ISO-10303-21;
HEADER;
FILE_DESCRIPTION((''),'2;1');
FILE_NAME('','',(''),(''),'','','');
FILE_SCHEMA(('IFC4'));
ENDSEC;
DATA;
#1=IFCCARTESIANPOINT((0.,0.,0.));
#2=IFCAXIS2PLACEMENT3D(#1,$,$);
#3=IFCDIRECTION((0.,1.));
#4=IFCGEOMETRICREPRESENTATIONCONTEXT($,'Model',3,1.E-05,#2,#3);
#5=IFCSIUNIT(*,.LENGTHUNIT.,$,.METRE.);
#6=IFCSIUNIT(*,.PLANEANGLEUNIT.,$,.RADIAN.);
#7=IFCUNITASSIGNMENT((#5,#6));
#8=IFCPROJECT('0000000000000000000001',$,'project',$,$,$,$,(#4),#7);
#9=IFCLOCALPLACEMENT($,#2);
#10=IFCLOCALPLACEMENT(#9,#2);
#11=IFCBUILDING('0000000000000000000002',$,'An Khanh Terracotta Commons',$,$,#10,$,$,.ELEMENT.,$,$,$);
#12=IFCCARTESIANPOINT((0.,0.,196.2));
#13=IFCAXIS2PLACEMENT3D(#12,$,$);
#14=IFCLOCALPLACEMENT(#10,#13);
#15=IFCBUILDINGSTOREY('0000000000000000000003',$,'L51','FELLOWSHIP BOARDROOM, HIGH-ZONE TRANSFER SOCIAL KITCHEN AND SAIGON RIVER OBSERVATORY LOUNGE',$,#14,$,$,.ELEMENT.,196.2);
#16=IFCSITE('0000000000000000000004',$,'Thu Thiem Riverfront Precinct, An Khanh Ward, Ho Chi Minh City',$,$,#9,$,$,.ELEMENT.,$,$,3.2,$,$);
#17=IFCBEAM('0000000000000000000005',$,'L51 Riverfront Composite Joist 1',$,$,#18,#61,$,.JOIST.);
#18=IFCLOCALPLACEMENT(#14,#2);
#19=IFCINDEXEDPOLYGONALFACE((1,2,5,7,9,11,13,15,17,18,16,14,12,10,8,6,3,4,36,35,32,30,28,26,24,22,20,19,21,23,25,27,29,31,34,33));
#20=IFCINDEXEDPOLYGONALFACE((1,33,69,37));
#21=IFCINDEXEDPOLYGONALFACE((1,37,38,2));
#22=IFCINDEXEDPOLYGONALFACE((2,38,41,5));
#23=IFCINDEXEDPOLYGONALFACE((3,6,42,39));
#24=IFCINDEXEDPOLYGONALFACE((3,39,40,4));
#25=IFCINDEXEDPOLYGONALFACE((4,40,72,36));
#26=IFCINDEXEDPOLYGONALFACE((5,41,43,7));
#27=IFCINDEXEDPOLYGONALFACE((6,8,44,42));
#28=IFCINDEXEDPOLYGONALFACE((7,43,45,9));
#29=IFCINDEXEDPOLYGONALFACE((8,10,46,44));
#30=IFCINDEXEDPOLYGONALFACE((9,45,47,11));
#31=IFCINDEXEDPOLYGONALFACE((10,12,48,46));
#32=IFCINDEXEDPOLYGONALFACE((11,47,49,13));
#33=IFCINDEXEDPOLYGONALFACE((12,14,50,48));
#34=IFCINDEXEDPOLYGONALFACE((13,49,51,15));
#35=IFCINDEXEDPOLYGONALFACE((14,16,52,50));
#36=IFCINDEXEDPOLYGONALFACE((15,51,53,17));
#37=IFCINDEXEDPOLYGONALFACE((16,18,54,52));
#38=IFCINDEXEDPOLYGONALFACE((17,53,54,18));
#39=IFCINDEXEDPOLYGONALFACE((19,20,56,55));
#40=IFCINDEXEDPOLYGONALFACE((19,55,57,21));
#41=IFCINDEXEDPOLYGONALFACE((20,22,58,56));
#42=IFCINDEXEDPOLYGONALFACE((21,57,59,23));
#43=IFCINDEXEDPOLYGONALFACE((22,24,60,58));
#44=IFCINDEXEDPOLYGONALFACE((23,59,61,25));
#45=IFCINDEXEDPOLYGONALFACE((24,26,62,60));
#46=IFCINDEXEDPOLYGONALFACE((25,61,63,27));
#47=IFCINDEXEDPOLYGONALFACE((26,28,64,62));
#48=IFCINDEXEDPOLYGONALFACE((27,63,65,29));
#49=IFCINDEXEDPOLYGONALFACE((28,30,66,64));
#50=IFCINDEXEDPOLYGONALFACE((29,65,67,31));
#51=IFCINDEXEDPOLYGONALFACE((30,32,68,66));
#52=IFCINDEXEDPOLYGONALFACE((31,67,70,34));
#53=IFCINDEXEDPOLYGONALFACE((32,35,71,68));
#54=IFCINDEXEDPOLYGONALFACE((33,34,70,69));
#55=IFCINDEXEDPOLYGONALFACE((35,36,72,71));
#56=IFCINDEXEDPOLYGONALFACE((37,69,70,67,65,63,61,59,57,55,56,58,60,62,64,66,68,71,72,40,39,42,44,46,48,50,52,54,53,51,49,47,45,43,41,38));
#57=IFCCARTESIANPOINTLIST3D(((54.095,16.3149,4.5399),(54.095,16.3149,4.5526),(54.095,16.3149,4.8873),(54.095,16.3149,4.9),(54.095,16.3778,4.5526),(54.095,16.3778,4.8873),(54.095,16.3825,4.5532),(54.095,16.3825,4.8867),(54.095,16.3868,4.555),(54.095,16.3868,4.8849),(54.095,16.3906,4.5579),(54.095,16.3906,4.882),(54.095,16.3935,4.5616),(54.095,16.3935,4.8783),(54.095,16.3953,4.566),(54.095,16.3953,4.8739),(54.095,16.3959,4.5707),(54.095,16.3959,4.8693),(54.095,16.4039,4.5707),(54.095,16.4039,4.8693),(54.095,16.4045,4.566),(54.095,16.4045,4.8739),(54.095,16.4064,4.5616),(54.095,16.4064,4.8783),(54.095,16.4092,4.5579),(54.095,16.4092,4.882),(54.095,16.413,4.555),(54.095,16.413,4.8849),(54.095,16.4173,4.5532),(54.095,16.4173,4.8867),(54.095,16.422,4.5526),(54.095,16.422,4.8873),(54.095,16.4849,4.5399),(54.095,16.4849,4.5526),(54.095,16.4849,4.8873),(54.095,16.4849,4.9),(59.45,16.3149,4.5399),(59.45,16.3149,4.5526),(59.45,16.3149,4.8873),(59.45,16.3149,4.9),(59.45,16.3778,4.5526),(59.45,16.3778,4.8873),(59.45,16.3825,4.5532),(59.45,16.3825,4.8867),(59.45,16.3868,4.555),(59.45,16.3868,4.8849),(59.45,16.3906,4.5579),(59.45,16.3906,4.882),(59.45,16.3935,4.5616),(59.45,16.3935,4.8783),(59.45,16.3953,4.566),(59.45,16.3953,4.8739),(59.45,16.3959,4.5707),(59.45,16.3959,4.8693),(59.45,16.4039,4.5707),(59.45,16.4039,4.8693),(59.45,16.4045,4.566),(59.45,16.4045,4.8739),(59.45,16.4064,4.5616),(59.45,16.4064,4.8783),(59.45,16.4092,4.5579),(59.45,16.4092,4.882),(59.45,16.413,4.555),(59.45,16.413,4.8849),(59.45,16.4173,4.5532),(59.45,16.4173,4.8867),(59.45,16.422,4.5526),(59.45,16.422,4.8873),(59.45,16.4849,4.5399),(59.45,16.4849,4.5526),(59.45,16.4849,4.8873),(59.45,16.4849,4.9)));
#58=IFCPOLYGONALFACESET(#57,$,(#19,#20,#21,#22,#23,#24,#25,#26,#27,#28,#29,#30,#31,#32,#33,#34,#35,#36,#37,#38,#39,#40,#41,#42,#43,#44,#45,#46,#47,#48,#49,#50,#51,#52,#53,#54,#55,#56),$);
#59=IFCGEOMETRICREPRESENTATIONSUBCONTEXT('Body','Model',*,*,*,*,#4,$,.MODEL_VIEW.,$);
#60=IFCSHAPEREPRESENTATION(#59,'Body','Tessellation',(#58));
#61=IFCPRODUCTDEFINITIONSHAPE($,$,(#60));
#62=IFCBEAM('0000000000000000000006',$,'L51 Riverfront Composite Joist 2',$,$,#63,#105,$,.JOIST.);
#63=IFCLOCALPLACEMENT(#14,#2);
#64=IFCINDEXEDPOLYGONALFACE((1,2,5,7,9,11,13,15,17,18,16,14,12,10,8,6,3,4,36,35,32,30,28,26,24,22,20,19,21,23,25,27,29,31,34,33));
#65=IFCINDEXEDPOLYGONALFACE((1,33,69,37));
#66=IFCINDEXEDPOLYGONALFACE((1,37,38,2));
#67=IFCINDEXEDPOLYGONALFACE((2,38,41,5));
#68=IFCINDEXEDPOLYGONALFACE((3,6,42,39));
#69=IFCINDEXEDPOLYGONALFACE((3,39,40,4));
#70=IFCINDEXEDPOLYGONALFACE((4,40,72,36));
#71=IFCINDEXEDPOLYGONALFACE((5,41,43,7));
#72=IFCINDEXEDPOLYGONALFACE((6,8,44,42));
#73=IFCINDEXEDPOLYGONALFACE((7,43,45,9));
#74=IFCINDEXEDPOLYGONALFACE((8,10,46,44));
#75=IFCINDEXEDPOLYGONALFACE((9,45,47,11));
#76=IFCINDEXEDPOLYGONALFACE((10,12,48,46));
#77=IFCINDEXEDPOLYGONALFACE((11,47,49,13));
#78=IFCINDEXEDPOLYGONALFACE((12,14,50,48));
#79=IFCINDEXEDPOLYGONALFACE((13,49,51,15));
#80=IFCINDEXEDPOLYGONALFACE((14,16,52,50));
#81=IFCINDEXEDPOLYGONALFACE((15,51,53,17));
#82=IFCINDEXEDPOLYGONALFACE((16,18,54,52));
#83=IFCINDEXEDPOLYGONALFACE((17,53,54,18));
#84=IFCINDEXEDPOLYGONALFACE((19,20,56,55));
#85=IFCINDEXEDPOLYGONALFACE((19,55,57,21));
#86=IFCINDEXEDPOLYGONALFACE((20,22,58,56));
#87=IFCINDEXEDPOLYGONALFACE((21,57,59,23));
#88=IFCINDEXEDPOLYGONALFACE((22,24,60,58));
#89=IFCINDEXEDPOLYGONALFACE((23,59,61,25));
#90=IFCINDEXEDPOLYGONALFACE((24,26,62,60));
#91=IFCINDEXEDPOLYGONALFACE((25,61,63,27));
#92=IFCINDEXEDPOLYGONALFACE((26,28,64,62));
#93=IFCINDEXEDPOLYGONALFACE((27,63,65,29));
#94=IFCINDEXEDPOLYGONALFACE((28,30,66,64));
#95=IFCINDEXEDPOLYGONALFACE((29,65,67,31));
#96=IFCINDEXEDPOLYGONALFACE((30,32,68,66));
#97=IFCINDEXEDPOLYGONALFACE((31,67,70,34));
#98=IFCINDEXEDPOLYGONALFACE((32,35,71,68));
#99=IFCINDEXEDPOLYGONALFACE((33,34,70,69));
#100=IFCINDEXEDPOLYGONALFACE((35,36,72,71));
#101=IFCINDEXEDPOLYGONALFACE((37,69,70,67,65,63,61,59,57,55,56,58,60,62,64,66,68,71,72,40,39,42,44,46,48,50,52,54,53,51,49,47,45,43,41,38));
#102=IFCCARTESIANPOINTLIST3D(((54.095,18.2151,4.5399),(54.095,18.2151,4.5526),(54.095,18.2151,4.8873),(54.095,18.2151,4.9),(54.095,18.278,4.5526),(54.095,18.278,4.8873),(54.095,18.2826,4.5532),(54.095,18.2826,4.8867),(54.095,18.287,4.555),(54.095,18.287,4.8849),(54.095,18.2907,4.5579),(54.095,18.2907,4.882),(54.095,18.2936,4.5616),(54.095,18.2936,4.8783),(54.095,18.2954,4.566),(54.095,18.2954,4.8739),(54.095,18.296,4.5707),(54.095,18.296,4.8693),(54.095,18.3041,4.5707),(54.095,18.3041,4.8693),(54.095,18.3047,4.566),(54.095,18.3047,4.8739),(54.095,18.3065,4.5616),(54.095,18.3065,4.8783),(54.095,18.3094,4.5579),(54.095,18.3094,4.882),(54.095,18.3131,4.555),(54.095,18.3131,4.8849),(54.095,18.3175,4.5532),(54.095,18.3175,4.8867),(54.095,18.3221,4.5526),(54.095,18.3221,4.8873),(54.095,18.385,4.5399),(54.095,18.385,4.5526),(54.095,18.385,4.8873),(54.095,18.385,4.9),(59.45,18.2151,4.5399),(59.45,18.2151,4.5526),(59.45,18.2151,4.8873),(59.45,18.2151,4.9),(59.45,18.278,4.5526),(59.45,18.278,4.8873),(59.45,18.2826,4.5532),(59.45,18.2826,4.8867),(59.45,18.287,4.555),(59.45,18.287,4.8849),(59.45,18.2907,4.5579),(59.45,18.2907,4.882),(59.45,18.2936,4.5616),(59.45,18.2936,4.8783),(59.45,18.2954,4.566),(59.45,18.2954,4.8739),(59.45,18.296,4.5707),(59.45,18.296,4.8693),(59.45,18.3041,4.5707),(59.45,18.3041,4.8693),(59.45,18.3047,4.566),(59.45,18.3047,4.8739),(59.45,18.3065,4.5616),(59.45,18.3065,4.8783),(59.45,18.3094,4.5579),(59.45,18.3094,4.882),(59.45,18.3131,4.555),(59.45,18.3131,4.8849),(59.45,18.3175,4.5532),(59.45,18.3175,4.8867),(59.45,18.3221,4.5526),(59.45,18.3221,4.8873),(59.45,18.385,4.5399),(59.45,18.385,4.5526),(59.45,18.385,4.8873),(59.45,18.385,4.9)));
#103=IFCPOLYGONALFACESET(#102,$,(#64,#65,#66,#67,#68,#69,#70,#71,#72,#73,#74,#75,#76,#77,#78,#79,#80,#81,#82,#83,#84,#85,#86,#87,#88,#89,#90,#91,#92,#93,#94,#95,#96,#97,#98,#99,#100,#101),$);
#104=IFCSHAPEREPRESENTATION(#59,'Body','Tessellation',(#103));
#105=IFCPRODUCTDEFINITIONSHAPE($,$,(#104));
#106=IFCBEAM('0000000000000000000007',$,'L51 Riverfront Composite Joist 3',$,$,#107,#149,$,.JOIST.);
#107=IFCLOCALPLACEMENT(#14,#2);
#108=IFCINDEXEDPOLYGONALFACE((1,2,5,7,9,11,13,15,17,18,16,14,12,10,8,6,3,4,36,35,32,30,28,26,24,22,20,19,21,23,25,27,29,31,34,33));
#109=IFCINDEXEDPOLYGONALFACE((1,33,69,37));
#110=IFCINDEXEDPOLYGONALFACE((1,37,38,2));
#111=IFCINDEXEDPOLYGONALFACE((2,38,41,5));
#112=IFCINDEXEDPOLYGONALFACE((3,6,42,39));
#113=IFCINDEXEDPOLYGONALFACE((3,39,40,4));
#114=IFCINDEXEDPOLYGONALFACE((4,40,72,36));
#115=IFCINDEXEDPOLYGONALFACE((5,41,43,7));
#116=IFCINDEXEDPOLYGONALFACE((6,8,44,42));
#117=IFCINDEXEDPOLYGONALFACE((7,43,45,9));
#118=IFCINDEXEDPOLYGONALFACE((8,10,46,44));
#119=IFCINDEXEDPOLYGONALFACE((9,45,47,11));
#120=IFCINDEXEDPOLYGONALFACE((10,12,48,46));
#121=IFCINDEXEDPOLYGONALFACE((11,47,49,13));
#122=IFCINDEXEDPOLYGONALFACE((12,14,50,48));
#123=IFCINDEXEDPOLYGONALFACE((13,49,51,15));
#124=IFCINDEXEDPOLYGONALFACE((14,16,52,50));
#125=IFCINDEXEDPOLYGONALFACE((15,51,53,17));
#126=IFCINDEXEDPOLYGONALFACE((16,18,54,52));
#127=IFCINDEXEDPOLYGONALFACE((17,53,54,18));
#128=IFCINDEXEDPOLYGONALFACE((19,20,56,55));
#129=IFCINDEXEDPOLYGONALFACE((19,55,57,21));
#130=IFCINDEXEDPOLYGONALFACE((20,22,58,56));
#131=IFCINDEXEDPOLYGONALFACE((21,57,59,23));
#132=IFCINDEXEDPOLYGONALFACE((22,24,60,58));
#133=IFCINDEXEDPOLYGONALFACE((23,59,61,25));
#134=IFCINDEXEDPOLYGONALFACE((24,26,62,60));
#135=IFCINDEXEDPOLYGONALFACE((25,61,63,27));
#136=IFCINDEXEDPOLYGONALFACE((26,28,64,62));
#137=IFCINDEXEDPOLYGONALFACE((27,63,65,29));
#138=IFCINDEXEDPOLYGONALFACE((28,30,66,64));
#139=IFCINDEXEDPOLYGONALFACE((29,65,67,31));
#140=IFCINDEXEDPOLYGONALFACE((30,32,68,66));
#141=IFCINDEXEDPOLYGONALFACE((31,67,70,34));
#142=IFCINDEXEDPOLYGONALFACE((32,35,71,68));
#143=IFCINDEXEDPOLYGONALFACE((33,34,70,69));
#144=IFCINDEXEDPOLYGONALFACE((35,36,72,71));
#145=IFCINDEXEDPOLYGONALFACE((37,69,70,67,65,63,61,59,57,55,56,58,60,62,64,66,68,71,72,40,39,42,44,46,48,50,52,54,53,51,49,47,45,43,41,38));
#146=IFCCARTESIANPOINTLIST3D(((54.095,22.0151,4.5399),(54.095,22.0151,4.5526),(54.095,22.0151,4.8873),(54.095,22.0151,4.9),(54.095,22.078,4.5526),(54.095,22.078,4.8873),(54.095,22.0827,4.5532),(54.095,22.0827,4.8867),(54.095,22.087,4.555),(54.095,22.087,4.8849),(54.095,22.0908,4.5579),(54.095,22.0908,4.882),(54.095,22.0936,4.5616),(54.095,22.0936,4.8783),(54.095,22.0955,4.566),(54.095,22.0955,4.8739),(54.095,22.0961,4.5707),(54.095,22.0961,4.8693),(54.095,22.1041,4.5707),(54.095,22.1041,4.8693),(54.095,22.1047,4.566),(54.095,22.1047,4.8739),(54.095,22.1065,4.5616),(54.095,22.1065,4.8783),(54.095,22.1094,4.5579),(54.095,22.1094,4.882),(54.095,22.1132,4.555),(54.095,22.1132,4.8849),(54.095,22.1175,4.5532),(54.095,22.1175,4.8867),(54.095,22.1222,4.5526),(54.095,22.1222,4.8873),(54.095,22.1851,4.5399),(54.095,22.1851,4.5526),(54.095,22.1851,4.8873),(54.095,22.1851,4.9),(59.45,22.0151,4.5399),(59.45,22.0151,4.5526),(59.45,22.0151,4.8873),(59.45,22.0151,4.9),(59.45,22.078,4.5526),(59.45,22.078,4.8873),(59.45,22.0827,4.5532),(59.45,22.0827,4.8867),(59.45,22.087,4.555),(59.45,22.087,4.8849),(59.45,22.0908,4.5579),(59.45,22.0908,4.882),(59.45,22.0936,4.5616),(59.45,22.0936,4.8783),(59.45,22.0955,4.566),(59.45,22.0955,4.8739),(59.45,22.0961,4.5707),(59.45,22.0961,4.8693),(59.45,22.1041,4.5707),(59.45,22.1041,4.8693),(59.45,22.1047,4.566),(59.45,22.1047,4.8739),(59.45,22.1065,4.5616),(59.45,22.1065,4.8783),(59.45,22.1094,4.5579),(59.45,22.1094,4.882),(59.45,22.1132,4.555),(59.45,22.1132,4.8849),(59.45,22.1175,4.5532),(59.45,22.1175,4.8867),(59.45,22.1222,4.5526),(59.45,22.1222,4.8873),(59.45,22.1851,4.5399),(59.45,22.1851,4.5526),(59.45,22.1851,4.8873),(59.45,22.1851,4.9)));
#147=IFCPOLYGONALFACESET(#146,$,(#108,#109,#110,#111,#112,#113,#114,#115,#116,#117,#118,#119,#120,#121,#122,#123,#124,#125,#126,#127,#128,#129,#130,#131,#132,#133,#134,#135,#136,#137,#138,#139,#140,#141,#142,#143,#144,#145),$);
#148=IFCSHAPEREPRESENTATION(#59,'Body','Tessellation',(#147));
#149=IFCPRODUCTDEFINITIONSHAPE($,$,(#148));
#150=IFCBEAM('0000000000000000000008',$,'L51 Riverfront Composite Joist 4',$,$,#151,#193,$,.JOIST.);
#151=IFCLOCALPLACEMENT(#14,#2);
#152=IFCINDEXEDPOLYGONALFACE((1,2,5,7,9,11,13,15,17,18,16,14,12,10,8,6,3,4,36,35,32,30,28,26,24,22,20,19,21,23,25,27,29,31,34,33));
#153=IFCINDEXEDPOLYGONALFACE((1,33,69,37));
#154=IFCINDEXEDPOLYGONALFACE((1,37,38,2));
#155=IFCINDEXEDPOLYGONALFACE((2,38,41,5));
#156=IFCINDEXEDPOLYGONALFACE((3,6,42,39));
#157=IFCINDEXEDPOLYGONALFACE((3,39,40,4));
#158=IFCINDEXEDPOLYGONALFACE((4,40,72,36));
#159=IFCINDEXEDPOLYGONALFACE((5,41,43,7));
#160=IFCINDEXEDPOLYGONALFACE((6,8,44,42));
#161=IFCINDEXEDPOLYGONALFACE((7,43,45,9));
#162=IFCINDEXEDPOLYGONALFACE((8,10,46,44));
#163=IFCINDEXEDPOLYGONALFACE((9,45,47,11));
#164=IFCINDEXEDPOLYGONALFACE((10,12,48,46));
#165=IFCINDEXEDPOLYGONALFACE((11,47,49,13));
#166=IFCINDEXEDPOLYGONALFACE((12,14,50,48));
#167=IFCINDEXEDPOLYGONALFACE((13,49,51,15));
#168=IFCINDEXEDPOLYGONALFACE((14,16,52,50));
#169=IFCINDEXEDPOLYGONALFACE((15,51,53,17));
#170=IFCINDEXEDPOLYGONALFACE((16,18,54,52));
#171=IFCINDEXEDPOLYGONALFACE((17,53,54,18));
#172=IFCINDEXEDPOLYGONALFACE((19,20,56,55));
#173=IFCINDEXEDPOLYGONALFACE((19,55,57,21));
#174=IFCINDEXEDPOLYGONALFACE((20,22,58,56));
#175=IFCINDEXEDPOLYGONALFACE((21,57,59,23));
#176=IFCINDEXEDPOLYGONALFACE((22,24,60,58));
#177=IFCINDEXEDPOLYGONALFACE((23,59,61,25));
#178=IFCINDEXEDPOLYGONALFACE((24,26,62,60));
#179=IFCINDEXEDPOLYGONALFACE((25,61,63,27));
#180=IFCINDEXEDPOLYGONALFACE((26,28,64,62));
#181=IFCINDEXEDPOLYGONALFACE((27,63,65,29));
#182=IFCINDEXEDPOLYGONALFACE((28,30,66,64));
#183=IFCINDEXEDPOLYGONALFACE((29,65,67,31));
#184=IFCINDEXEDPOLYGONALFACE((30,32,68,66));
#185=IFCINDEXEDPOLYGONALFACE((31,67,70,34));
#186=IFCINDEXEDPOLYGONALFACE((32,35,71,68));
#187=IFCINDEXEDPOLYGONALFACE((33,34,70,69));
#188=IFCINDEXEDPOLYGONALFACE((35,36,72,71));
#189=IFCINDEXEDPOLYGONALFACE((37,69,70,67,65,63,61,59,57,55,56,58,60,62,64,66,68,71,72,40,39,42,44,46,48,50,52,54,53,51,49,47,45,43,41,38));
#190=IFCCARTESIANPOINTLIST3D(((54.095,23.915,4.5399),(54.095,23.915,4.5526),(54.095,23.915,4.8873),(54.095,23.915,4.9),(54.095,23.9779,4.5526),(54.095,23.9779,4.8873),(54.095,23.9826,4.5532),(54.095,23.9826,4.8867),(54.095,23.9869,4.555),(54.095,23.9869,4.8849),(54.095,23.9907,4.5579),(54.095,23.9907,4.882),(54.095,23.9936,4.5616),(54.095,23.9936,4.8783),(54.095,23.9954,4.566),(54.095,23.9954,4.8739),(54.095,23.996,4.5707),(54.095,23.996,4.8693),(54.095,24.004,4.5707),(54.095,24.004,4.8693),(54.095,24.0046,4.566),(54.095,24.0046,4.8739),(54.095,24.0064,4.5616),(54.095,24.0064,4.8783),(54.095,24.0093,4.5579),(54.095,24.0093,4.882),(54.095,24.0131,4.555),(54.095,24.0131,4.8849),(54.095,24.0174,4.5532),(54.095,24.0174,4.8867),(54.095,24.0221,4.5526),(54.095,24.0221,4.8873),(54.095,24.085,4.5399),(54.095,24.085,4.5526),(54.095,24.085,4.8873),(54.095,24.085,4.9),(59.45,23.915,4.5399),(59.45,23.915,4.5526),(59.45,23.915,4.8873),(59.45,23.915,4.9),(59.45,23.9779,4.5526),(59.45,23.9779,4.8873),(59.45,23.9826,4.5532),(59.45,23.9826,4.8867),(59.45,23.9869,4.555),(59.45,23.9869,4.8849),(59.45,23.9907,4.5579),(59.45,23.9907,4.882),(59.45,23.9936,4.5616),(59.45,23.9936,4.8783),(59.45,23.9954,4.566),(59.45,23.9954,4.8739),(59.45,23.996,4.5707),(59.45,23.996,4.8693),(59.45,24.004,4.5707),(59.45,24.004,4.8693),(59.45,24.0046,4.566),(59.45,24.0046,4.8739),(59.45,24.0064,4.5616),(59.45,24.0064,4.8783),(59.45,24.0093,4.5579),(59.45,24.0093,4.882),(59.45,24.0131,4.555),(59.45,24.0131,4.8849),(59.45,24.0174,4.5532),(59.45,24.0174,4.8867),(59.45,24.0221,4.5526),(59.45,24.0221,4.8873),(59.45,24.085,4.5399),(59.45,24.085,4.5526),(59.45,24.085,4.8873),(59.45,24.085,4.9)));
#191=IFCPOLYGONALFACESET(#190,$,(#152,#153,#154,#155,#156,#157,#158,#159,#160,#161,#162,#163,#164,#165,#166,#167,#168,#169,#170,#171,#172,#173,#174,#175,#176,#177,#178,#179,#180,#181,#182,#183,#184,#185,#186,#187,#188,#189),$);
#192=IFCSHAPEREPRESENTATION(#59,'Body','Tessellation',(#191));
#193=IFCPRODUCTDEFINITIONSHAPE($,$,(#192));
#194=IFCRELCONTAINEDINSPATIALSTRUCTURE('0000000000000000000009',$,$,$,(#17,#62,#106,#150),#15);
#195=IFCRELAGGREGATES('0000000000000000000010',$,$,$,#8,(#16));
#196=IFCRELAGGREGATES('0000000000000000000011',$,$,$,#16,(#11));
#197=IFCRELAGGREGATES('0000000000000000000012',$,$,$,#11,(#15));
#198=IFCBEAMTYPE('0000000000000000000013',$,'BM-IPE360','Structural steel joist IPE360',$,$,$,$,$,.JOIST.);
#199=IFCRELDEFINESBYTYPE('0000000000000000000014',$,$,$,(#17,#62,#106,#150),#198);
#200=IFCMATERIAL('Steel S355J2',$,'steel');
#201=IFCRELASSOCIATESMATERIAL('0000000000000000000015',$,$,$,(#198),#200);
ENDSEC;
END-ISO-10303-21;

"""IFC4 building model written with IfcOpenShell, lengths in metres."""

from ifc_helpers import new_model, si_unit, direction, frame, origin, origin_2d, place, context, subcontext, project, spatial, i_section, extrude, material, material_profile, profile_set, type_object, element, save


model = new_model("IFC4")

# Units and contexts
model_context = context("Model", 3, precision=1e-05, world=origin(), true_north=direction((0.0, 1.0)))
body_context = subcontext(model_context, "Body", "Model", "MODEL_VIEW")
ifc_project = project(units=[si_unit("LENGTHUNIT", "METRE"), si_unit("PLANEANGLEUNIT", "RADIAN")], contexts=[model_context])

# Site, building, storey
site_placement = place(None, origin())
site = spatial("IfcSite", under=ifc_project, at=site_placement, Name="Thu Thiem Riverfront Precinct, An Khanh Ward, Ho Chi Minh City", CompositionType="ELEMENT", RefElevation=3.2)
building_placement = place(site_placement, origin())
building = spatial("IfcBuilding", under=site, at=building_placement, Name="An Khanh Terracotta Commons", CompositionType="ELEMENT")
storey_placement = place(building_placement, frame((0.0, 0.0, 196.2)))
storey = spatial("IfcBuildingStorey", under=building, at=storey_placement, Name="L51", Description="FELLOWSHIP BOARDROOM, HIGH-ZONE TRANSFER SOCIAL KITCHEN AND SAIGON RIVER OBSERVATORY LOUNGE", CompositionType="ELEMENT", Elevation=196.2)

# Beams
ifc_material_1 = material(Name="Steel S355J2", Category="steel")
ifc_material_profile_1 = material_profile(ifc_material_1, i_section(OverallWidth=0.1699, OverallDepth=0.3601, WebThickness=0.0081, FlangeThickness=0.0127, FilletRadius=0.0181, at=origin_2d()), Name="IPE360")
ifc_profile_set_1 = profile_set([ifc_material_profile_1], Name="Steel S355J2")
beam_type_1 = type_object("IfcBeamType", Name="BM-IPE360", Description="Structural steel joist IPE360", PredefinedType="JOIST", material=ifc_profile_set_1)
for number, where, z_axis, x_axis, name in (
    (1, (54.095, 16.3999, 4.72), (1.0, 0.0, 0.0), (0.0, 1.0, 0.0), "L51 Riverfront Composite Joist 1"),
    (2, (54.095, 18.3, 4.72), (1.0, 0.0, 0.0), (0.0, 1.0, 0.0), "L51 Riverfront Composite Joist 2"),
    (3, (54.095, 22.1001, 4.72), (1.0, 0.0, 0.0), (0.0, 1.0, 0.0), "L51 Riverfront Composite Joist 3"),
    (4, (54.095, 24.0, 4.72), (1.0, 0.0, 0.0), (0.0, 1.0, 0.0), "L51 Riverfront Composite Joist 4"),
):
    element("IfcBeam", number, at=place(storey_placement, frame(where, z_axis=z_axis, x_axis=x_axis)), inside=storey, type_object=beam_type_1, Name=name, PredefinedType="JOIST", context=body_context, shape_type="SweptSolid", body=[
        extrude(i_section(OverallWidth=0.1699, OverallDepth=0.3601, WebThickness=0.0081, FlangeThickness=0.0127, FilletRadius=0.0181, at=origin_2d()), origin(), (0.0, 0.0, 1.0), 5.355),
    ])

save(model, "model.ifc")
